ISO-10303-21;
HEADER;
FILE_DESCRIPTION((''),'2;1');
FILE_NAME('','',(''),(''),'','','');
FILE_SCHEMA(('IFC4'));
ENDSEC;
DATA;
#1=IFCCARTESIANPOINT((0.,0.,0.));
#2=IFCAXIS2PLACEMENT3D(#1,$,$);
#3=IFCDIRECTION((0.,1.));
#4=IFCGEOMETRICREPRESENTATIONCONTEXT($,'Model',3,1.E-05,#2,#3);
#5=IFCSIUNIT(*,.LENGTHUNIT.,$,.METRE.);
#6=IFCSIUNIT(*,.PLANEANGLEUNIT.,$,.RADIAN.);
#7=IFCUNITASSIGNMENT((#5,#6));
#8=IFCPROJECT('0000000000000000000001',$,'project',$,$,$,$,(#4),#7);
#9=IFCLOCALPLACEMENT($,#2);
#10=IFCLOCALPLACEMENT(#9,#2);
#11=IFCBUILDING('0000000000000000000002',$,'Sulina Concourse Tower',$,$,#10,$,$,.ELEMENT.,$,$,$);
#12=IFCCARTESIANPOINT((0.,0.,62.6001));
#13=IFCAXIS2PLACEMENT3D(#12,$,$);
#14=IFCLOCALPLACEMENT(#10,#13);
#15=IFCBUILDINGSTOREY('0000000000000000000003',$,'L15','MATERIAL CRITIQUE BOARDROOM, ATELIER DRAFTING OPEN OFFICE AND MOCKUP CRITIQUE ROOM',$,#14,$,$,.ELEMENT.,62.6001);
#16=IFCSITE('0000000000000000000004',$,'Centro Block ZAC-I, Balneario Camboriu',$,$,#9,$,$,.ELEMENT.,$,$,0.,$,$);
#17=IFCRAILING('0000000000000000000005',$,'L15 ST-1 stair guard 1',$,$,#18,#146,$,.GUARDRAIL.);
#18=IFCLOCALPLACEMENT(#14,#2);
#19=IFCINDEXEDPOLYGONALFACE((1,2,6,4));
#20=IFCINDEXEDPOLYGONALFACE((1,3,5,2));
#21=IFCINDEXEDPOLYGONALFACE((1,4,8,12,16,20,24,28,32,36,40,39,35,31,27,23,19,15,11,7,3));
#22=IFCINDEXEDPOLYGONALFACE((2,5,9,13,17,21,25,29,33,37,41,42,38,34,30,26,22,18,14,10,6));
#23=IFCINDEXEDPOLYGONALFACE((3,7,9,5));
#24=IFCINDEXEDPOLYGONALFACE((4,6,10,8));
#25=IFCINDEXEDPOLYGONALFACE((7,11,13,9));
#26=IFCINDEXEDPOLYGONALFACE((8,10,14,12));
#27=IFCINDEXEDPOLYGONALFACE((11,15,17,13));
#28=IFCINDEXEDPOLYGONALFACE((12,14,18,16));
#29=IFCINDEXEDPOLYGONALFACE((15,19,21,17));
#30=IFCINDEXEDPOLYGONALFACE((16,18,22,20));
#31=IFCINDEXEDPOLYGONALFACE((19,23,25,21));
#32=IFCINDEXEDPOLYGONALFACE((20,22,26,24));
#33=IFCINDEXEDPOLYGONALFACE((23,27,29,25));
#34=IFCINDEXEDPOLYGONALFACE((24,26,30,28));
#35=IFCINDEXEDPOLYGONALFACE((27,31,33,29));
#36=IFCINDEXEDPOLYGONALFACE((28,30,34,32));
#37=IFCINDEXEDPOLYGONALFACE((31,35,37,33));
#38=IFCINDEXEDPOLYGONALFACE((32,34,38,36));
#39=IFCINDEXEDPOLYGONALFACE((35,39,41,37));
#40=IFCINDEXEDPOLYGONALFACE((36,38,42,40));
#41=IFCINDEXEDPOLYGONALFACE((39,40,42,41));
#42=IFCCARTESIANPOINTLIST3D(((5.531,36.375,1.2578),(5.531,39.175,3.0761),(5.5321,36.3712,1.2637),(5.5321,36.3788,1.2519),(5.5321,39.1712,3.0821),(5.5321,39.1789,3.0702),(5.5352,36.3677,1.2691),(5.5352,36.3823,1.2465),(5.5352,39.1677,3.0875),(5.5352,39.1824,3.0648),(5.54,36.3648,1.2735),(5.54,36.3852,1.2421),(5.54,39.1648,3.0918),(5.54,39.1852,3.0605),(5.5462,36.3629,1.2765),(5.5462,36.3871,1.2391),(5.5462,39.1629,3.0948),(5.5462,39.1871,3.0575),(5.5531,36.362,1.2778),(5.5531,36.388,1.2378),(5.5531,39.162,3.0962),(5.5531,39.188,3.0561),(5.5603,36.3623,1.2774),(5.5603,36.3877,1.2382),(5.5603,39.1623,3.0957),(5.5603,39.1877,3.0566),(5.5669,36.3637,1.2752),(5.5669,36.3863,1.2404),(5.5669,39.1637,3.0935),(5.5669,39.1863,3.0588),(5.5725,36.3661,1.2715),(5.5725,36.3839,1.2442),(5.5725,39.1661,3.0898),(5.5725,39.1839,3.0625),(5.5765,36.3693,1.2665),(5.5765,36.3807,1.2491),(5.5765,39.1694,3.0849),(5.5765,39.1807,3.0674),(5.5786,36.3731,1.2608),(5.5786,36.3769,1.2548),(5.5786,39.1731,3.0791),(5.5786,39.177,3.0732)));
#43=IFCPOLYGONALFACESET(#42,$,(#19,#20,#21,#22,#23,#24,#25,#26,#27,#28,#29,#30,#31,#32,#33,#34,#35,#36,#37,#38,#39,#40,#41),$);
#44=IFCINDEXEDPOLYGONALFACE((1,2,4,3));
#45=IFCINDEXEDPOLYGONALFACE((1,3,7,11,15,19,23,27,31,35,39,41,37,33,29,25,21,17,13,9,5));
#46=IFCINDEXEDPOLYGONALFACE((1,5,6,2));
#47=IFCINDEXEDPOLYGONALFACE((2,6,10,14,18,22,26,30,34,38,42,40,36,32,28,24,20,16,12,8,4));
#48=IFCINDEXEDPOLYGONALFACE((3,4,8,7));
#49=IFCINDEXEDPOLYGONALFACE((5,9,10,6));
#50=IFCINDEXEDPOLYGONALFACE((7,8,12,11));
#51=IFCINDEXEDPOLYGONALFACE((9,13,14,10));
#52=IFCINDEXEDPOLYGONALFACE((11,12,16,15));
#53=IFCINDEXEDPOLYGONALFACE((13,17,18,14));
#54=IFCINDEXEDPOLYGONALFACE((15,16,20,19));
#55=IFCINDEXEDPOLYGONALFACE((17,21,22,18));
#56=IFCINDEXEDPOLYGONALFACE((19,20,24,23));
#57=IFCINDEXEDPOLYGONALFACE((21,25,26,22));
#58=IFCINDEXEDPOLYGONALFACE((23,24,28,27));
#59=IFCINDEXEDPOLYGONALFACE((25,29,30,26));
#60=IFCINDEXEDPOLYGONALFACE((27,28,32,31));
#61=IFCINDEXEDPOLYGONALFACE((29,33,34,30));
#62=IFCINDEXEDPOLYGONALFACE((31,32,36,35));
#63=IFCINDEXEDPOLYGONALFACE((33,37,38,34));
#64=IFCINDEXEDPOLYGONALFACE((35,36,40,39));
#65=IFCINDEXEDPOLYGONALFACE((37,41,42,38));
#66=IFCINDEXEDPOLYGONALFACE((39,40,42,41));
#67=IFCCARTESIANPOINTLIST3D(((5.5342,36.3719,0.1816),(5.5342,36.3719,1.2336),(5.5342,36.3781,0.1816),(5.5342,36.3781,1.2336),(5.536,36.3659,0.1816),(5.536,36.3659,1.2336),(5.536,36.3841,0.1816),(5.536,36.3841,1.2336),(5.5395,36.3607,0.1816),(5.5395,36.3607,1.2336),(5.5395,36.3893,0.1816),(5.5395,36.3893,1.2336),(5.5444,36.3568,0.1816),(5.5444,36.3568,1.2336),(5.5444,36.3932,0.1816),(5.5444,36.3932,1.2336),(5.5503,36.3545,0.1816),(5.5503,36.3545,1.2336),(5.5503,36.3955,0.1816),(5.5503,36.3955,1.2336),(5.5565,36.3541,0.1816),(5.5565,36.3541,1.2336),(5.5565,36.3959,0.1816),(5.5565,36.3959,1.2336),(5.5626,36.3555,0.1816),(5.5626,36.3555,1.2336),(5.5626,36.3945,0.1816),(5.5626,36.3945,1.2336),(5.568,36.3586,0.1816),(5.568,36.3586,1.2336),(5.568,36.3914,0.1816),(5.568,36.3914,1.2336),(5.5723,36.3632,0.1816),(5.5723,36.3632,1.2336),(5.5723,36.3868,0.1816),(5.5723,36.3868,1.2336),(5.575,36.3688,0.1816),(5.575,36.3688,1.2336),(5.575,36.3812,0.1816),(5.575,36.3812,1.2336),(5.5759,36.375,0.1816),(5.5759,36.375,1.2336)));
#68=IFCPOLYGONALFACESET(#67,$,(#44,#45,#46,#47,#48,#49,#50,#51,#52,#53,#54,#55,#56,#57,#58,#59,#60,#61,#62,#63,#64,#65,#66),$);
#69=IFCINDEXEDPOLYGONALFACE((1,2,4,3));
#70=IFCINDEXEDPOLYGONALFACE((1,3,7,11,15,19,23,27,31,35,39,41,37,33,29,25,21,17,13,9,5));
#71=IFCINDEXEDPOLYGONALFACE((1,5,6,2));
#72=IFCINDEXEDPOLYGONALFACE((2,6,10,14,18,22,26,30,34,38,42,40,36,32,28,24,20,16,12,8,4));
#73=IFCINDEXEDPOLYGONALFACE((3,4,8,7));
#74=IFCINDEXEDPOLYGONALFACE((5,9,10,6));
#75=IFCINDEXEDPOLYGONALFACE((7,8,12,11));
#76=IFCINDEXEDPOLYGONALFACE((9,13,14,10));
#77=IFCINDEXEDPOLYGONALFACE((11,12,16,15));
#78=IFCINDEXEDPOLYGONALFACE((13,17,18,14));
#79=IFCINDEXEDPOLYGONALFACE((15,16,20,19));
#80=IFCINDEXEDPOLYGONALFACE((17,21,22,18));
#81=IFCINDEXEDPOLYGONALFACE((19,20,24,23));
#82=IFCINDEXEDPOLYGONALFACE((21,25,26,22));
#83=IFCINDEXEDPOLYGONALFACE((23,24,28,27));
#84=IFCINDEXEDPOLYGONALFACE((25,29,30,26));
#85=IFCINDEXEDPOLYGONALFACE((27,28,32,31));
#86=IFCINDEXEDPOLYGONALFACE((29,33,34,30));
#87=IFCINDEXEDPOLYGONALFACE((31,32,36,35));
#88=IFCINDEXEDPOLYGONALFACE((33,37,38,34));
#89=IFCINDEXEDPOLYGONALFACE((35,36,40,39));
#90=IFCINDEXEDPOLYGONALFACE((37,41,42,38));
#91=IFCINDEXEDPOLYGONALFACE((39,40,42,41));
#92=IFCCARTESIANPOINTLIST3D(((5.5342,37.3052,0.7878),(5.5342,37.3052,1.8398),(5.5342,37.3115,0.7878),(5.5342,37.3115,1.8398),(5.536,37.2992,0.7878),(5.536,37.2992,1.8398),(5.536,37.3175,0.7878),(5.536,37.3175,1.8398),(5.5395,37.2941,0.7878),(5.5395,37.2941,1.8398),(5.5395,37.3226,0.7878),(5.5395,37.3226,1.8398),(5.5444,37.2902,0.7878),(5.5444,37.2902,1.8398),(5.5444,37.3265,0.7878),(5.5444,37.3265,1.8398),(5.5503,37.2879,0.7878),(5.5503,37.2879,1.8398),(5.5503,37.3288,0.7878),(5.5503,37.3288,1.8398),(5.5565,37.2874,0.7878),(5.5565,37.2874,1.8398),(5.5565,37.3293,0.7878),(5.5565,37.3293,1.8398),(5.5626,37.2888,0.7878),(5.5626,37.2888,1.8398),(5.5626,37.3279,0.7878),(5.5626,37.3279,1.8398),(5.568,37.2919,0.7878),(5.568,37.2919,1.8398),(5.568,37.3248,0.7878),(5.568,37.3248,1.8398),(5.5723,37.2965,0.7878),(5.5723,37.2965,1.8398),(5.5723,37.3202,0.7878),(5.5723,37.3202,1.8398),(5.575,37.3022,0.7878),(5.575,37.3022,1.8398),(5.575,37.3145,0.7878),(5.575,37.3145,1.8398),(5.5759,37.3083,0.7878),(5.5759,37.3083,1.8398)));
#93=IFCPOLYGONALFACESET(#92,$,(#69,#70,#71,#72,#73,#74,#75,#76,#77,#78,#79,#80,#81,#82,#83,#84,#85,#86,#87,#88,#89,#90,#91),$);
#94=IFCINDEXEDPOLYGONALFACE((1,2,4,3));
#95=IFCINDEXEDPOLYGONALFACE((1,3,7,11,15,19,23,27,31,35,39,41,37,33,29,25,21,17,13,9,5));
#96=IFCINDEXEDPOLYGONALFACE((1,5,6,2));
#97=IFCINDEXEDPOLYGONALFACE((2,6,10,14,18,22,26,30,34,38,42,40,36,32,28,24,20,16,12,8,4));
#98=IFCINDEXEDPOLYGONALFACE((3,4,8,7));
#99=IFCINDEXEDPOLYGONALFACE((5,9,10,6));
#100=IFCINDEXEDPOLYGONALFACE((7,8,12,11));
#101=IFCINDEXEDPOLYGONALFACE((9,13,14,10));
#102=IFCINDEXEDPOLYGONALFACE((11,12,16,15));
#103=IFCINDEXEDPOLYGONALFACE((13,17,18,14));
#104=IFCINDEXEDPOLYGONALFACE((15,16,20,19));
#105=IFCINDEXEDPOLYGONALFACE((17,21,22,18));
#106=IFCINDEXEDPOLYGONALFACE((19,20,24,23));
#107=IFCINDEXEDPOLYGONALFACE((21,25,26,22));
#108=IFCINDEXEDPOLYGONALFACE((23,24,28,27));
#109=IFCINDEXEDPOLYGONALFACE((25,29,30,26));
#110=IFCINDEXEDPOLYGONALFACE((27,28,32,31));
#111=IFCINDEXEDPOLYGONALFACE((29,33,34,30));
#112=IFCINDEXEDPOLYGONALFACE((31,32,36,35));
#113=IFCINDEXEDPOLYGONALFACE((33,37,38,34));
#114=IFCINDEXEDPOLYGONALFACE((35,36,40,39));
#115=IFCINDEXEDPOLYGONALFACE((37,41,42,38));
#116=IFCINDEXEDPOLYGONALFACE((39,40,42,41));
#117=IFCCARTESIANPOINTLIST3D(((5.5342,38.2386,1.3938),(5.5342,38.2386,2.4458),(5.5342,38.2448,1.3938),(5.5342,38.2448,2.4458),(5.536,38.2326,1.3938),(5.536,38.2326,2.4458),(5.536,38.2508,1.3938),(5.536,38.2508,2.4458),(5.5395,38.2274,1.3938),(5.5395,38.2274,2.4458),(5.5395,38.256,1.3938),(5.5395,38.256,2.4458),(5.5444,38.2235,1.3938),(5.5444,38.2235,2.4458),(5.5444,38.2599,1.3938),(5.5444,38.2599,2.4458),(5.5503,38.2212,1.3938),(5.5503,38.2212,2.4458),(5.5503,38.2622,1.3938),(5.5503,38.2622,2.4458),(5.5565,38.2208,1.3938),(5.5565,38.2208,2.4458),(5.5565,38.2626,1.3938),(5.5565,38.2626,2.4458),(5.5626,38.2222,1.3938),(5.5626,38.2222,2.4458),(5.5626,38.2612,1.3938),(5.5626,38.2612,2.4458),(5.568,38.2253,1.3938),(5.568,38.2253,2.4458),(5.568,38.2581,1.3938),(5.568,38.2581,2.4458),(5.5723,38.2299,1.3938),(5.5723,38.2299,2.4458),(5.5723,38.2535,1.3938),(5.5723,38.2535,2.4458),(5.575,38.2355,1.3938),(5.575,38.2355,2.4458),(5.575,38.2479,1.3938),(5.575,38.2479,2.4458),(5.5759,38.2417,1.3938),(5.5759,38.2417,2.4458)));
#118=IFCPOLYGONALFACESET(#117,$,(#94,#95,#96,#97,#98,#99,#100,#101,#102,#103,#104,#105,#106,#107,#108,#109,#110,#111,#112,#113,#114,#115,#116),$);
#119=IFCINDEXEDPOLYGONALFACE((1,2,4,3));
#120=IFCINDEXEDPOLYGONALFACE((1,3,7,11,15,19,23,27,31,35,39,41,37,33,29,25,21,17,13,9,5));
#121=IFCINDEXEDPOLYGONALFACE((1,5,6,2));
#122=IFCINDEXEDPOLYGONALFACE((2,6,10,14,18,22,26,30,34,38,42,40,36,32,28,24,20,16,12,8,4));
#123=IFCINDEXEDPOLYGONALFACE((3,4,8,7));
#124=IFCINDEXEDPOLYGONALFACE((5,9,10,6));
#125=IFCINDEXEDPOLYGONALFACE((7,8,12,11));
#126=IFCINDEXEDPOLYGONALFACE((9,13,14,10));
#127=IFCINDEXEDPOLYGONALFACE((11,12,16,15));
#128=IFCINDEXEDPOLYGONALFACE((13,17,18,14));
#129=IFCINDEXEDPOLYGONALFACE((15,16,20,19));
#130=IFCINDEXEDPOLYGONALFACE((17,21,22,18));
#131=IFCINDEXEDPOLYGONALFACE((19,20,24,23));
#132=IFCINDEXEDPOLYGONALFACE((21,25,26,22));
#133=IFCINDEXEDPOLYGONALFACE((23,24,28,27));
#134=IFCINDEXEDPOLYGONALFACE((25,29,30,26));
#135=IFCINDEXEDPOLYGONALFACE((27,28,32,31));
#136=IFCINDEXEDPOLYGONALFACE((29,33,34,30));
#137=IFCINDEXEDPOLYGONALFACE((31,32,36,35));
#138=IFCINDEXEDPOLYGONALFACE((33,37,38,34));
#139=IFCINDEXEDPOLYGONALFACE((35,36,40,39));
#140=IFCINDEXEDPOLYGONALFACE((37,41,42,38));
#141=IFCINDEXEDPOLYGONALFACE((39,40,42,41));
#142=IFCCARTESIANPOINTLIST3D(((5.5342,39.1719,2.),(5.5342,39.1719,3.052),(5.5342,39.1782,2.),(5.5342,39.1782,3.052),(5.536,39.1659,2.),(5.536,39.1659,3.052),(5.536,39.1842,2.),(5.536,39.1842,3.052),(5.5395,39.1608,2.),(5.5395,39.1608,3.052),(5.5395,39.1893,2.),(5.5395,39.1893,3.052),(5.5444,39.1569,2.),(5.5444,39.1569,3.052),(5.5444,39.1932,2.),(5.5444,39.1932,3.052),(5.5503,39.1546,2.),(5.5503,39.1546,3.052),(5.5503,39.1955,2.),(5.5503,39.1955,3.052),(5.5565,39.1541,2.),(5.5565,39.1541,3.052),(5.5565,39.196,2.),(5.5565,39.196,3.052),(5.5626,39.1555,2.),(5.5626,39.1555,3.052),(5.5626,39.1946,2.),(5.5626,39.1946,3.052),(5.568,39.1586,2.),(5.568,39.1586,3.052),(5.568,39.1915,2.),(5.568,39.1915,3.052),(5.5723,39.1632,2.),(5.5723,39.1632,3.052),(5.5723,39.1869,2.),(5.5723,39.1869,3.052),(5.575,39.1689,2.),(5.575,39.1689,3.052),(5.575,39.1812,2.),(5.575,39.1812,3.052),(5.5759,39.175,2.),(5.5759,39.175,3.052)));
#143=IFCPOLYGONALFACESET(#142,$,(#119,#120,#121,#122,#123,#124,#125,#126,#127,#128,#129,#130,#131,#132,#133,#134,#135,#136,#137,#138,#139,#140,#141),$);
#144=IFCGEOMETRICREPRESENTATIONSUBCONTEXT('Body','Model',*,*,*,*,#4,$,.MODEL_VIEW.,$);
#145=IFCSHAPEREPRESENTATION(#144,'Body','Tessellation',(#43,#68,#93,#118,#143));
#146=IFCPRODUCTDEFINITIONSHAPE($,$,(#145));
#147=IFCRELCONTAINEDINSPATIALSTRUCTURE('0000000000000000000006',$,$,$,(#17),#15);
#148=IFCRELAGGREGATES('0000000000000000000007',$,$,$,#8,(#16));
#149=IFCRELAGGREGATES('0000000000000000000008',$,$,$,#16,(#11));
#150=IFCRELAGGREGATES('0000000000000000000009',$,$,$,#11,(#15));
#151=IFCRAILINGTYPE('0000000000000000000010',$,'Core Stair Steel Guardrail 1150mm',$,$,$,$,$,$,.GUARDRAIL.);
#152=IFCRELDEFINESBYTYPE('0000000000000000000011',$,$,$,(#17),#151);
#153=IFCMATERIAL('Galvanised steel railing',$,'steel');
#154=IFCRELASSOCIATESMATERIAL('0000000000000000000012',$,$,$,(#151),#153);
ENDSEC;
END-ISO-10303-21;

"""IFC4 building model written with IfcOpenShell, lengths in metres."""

from ifc_helpers import new_model, si_unit, direction, frame, origin, origin_2d, place, context, subcontext, project, spatial, circle, extrude, material, type_object, element, save


model = new_model("IFC4")

# Units and contexts
model_context = context("Model", 3, precision=1e-05, world=origin(), true_north=direction((0.0, 1.0)))
body_context = subcontext(model_context, "Body", "Model", "MODEL_VIEW")
ifc_project = project(units=[si_unit("LENGTHUNIT", "METRE"), si_unit("PLANEANGLEUNIT", "RADIAN")], contexts=[model_context])

# Site, building, storey
site_placement = place(None, origin())
site = spatial("IfcSite", under=ifc_project, at=site_placement, Name="Centro Block ZAC-I, Balneario Camboriu", CompositionType="ELEMENT", RefElevation=0.0)
building_placement = place(site_placement, origin())
building = spatial("IfcBuilding", under=site, at=building_placement, Name="Sulina Concourse Tower", CompositionType="ELEMENT")
storey_placement = place(building_placement, frame((0.0, 0.0, 62.6001)))
storey = spatial("IfcBuildingStorey", under=building, at=storey_placement, Name="L15", Description="MATERIAL CRITIQUE BOARDROOM, ATELIER DRAFTING OPEN OFFICE AND MOCKUP CRITIQUE ROOM", CompositionType="ELEMENT", Elevation=62.6001)

# Railing
ifc_material_1 = material(Name="Galvanised steel railing", Category="steel")
railing_type_1 = type_object("IfcRailingType", Name="Core Stair Steel Guardrail 1150mm", PredefinedType="GUARDRAIL", material=ifc_material_1)
railing_1_placement = place(storey_placement, frame((5.5549, 36.375, 0.1816)))
element("IfcRailing", 1, at=railing_1_placement, inside=storey, type_object=railing_type_1, Name="L15 ST-1 stair guard 1", PredefinedType="GUARDRAIL", context=body_context, shape_type="SweptSolid", body=[
    extrude(circle(Radius=0.0239, at=origin_2d()), frame((0.0, 0.0, 1.0762), z_axis=(0.0, 0.838672, 0.544636), x_axis=(-1.0, 0.0, 0.0)), (0.0, 0.0, 1.0), 3.3386),
    extrude(circle(Radius=0.021, at=origin_2d()), origin(), (0.0, 0.0, 1.0), 1.052),
    extrude(circle(Radius=0.021, at=origin_2d()), frame((0.0, 0.9333, 0.6062)), (0.0, 0.0, 1.0), 1.052),
    extrude(circle(Radius=0.021, at=origin_2d()), frame((0.0, 1.8667, 1.2122)), (0.0, 0.0, 1.0), 1.052),
    extrude(circle(Radius=0.021, at=origin_2d()), frame((0.0, 2.8, 1.8184)), (0.0, 0.0, 1.0), 1.052),
])

save(model, "model.ifc")
